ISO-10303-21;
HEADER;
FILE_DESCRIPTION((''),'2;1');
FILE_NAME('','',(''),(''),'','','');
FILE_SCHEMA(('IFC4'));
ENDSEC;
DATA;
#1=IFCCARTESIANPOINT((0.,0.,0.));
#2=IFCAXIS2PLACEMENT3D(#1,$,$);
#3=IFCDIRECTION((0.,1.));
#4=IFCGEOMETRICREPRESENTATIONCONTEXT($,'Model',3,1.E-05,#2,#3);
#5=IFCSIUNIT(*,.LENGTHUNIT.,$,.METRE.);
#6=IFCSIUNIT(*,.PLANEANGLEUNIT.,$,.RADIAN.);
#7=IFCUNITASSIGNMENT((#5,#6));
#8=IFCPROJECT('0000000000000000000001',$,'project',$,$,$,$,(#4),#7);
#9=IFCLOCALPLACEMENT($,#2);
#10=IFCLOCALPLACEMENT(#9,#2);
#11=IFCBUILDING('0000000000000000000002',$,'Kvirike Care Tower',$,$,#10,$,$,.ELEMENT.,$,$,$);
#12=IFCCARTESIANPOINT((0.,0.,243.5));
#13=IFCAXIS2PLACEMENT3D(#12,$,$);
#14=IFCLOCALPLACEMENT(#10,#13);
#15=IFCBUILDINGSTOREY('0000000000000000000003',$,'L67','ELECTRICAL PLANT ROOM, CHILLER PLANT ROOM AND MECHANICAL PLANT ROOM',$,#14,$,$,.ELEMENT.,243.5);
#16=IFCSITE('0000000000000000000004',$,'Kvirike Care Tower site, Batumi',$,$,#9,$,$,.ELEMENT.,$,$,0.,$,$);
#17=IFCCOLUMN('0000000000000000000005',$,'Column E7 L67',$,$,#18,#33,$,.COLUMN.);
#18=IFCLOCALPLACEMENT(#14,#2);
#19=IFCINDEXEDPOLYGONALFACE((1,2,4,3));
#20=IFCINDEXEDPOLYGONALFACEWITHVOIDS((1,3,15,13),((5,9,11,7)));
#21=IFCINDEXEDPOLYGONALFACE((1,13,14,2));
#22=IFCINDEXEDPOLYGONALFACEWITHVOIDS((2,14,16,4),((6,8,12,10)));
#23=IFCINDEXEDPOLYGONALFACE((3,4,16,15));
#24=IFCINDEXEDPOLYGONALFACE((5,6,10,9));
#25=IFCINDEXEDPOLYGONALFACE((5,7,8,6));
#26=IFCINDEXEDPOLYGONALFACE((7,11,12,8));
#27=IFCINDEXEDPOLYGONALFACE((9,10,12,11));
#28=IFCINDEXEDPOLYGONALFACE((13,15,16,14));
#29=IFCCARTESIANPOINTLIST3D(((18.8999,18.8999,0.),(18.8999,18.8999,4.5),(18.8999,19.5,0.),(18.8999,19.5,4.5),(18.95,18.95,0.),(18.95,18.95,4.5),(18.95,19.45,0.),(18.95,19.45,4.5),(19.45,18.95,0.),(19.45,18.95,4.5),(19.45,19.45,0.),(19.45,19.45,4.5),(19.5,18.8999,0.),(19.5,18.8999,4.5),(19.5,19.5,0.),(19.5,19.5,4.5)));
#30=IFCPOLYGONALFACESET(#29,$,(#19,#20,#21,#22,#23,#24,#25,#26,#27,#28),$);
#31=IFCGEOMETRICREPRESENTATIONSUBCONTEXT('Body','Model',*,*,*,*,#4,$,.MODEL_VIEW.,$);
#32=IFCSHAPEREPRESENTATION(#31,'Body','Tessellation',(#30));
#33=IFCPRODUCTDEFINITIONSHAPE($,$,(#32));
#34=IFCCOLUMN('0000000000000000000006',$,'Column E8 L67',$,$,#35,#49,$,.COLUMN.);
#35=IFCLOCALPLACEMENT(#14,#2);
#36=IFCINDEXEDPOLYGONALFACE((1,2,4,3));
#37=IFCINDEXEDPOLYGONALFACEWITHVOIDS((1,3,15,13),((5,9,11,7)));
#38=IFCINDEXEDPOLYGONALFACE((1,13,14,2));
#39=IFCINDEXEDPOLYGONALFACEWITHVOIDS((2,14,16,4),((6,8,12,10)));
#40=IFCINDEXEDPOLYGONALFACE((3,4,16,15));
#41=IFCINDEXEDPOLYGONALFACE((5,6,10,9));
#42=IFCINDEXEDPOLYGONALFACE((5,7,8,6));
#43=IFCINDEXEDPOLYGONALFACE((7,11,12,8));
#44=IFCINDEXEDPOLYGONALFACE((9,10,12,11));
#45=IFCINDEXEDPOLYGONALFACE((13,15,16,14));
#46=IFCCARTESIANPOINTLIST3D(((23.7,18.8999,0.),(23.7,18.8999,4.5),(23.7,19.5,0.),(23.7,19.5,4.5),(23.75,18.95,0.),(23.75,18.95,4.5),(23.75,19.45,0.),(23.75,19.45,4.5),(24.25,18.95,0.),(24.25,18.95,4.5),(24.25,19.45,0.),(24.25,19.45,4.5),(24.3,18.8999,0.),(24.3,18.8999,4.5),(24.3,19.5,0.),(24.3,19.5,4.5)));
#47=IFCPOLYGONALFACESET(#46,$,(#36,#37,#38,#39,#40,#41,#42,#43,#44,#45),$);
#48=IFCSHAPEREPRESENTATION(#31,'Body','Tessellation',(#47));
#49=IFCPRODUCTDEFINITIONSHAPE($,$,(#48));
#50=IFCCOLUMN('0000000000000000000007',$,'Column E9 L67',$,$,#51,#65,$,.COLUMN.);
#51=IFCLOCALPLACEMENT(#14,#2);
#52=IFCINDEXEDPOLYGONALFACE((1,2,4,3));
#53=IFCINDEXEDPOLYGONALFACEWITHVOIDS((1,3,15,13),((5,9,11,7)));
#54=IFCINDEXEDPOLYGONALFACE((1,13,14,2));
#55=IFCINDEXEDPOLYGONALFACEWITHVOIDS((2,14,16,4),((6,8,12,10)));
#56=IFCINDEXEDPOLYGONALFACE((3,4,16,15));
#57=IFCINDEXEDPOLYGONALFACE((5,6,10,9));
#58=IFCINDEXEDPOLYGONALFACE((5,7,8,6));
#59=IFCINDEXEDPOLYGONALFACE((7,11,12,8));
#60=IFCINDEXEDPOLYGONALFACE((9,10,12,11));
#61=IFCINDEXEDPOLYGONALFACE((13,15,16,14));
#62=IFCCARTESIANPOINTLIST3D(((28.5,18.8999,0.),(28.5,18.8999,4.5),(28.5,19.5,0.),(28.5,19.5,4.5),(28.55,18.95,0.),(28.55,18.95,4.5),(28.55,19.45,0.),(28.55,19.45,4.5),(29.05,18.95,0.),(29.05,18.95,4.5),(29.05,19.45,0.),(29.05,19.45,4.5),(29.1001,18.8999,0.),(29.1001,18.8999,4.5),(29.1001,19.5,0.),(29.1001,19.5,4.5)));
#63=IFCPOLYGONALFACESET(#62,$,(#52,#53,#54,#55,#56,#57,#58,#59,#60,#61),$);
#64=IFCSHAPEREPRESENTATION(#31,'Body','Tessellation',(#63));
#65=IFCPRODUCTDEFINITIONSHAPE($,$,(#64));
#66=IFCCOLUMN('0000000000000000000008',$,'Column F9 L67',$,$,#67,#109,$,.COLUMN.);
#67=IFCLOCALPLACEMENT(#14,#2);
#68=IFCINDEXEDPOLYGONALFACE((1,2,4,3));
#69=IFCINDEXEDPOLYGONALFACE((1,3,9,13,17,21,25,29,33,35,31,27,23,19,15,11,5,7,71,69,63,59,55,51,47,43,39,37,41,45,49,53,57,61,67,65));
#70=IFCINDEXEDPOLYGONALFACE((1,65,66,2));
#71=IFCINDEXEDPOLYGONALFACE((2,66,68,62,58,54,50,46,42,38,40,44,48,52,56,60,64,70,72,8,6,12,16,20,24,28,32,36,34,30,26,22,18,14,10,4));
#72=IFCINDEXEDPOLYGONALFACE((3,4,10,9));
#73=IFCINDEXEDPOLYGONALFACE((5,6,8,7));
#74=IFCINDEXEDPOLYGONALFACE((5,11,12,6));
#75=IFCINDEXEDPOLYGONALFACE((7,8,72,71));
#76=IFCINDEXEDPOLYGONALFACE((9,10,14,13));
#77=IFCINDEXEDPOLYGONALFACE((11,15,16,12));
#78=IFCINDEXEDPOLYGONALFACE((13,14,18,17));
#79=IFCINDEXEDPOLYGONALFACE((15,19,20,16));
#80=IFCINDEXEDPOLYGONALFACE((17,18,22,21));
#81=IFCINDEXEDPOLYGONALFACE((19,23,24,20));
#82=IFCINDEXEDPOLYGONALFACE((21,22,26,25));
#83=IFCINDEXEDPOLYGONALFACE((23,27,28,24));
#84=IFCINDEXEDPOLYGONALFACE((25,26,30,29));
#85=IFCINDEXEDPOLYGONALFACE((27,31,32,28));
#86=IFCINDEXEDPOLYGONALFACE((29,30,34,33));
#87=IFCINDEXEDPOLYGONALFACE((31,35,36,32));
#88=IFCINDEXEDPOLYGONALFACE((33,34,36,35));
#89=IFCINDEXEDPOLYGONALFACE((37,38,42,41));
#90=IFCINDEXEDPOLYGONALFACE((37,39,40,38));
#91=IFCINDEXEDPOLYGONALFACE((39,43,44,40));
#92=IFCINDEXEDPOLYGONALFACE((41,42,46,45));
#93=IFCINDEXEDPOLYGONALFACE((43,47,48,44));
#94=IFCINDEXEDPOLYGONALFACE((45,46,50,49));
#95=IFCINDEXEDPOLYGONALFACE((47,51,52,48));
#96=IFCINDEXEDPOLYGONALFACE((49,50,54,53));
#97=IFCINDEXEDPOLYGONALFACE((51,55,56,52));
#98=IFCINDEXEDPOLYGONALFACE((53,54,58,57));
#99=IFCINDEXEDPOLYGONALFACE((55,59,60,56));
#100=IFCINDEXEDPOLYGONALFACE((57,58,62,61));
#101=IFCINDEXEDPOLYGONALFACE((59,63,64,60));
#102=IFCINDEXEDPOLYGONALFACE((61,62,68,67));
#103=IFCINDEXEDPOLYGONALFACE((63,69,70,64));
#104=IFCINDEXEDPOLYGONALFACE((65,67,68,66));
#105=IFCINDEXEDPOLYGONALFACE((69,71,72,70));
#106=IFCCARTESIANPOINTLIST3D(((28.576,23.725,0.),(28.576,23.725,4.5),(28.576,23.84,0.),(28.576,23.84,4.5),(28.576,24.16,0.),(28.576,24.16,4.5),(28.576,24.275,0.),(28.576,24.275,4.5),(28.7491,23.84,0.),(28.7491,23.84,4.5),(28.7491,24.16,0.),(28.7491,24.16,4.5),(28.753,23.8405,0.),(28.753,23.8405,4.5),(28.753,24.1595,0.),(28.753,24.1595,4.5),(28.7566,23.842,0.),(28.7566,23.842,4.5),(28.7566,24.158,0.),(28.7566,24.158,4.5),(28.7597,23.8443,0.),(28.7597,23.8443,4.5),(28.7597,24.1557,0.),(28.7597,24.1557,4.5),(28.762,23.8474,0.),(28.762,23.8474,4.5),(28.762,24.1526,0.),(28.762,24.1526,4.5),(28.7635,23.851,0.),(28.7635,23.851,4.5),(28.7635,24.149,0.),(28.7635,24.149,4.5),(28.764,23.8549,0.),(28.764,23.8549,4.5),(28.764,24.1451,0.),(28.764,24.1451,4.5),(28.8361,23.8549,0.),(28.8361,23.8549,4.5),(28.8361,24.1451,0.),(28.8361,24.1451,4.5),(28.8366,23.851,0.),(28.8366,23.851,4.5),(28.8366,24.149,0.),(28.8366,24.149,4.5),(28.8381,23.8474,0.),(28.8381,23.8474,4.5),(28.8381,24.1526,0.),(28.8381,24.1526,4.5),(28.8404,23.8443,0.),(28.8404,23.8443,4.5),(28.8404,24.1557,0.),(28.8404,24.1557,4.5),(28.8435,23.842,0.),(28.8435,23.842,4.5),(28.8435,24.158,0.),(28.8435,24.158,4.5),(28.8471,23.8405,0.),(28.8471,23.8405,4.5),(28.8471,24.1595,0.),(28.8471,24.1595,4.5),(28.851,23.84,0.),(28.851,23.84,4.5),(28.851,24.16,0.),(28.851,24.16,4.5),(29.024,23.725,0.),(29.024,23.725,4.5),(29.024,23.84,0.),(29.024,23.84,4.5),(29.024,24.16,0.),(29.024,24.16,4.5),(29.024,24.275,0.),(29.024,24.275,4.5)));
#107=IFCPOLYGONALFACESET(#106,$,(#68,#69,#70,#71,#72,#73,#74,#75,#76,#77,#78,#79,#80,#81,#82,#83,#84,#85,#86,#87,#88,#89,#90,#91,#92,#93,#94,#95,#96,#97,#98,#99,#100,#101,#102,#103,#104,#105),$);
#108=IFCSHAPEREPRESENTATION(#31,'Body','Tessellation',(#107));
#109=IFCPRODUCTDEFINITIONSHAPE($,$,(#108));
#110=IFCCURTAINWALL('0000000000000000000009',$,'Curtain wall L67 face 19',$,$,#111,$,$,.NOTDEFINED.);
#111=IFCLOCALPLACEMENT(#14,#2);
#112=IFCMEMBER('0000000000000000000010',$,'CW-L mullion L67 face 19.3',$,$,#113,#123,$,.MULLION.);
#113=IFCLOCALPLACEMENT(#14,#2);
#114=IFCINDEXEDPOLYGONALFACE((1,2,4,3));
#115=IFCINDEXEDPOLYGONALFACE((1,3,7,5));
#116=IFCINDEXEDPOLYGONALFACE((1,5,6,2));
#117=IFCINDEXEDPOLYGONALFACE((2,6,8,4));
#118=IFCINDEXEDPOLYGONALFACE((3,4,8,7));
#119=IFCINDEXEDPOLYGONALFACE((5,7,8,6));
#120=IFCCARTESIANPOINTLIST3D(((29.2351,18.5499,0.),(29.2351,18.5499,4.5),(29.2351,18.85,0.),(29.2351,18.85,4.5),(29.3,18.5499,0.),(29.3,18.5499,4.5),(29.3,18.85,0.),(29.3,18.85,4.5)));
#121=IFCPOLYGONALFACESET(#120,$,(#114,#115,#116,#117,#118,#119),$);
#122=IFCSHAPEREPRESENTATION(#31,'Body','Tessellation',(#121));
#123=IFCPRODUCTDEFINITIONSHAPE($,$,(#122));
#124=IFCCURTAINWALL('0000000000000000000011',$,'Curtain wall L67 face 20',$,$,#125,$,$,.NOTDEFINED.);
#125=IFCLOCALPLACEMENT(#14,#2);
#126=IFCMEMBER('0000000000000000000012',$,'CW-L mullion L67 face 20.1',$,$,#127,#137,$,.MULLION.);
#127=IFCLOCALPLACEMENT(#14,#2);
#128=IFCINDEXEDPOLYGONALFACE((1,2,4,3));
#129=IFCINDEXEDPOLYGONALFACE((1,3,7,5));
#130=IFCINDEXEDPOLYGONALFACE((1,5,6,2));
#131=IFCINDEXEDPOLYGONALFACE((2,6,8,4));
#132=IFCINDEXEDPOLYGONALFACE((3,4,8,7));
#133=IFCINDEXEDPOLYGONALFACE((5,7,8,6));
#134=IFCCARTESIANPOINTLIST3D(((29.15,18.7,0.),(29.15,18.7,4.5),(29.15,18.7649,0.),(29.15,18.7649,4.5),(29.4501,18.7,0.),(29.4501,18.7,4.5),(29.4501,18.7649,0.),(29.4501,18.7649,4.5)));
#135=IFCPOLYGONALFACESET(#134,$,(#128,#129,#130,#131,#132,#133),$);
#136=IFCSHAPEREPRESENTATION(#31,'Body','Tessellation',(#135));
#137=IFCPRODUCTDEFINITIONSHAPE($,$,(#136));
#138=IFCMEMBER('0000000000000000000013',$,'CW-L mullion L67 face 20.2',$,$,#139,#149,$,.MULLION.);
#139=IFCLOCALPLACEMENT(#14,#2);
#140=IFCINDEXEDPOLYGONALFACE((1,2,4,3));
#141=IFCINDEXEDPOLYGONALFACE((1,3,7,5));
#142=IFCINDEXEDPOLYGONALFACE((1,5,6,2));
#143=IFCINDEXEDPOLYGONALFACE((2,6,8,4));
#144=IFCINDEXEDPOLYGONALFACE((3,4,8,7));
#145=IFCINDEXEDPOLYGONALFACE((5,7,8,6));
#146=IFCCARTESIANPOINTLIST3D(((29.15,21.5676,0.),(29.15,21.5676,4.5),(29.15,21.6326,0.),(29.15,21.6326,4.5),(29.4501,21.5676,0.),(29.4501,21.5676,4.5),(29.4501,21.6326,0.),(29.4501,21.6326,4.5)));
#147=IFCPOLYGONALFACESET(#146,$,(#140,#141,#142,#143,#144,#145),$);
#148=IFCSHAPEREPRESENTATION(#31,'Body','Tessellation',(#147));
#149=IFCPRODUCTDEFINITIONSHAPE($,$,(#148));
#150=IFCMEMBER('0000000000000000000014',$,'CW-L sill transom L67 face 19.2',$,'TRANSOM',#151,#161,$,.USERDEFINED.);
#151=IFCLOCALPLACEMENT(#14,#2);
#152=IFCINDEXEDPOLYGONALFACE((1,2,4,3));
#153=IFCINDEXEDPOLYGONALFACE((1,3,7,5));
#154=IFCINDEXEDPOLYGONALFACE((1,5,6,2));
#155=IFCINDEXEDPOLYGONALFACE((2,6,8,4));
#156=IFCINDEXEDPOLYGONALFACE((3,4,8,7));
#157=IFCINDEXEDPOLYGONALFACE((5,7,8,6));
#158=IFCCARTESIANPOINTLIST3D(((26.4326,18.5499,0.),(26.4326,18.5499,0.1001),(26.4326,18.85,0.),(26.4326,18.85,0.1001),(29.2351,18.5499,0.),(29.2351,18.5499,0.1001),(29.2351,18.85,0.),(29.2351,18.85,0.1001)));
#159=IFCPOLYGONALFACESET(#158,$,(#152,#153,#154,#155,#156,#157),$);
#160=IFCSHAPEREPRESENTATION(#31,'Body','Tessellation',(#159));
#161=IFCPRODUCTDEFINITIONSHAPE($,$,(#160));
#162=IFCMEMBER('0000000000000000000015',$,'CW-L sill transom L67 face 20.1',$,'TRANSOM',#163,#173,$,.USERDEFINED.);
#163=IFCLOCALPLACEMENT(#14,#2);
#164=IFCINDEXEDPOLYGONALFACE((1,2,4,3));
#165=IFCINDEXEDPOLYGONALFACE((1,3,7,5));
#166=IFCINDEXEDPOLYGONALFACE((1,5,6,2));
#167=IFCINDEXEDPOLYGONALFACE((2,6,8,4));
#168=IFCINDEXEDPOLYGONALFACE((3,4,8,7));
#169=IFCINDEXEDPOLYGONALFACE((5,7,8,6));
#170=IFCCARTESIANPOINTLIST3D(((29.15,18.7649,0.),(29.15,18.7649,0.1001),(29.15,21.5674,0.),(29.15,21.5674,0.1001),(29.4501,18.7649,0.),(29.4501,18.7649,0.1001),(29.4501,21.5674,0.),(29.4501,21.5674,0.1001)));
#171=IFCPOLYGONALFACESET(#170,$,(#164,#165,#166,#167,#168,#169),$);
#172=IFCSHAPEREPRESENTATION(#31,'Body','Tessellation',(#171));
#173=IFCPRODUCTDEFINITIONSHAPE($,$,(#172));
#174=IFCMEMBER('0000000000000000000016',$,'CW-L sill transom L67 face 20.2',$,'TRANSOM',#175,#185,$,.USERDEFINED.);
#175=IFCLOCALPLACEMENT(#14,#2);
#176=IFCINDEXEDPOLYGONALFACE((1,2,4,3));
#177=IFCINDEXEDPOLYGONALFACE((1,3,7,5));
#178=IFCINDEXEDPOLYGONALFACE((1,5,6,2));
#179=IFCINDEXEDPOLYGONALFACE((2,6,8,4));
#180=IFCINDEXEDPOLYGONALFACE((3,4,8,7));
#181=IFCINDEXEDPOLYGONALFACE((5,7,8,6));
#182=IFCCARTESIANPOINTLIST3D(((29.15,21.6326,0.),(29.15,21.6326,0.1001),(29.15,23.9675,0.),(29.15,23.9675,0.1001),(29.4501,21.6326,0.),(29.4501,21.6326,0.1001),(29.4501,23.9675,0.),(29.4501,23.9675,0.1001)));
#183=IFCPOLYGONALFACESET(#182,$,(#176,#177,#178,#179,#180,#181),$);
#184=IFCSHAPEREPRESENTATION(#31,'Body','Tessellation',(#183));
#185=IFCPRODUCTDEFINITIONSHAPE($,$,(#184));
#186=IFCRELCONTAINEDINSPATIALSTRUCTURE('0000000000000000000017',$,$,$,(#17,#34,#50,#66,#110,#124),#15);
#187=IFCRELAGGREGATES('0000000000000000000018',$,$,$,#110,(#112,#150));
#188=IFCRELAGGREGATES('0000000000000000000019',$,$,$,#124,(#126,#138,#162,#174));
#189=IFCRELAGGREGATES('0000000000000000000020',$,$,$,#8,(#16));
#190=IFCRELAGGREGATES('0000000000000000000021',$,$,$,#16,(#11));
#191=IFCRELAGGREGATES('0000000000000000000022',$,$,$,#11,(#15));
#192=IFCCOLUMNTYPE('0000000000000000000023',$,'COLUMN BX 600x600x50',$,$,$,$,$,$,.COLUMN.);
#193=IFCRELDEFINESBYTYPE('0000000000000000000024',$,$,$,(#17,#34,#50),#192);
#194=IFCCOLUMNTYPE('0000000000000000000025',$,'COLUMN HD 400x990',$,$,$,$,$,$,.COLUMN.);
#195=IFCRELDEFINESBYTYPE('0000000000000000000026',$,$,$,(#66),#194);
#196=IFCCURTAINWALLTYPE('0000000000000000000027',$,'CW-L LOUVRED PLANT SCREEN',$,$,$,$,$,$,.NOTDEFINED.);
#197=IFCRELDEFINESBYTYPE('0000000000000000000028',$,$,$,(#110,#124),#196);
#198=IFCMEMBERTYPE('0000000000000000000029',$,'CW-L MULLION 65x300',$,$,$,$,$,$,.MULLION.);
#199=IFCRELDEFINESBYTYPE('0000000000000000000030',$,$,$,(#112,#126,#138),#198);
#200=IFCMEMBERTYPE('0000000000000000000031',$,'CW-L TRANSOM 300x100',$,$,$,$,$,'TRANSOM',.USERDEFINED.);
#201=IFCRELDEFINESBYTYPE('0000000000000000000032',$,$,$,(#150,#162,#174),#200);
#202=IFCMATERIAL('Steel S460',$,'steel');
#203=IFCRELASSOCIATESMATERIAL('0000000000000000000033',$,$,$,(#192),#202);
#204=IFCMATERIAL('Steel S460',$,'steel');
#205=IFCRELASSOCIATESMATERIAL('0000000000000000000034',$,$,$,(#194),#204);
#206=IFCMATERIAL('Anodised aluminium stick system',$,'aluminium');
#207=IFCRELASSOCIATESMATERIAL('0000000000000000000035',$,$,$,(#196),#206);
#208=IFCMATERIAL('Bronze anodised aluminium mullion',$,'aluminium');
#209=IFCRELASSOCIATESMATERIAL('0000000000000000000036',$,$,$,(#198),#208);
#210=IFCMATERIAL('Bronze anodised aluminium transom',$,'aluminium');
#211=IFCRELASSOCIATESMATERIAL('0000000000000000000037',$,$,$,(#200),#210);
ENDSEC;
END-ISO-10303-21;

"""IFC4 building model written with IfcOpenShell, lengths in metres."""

from ifc_helpers import new_model, si_unit, direction, frame, origin, origin_2d, place, context, subcontext, project, spatial, rectangle, hollow_rectangle, i_section, extrude, material, material_profile, profile_set, type_object, element, aggregate, save


model = new_model("IFC4")

# Units and contexts
model_context = context("Model", 3, precision=1e-05, world=origin(), true_north=direction((0.0, 1.0)))
body_context = subcontext(model_context, "Body", "Model", "MODEL_VIEW")
ifc_project = project(units=[si_unit("LENGTHUNIT", "METRE"), si_unit("PLANEANGLEUNIT", "RADIAN")], contexts=[model_context])

# Site, building, storey
site_placement = place(None, origin())
site = spatial("IfcSite", under=ifc_project, at=site_placement, Name="Kvirike Care Tower site, Batumi", CompositionType="ELEMENT", RefElevation=0.0)
building_placement = place(site_placement, origin())
building = spatial("IfcBuilding", under=site, at=building_placement, Name="Kvirike Care Tower", CompositionType="ELEMENT")
storey_placement = place(building_placement, frame((0.0, 0.0, 243.5)))
storey = spatial("IfcBuildingStorey", under=building, at=storey_placement, Name="L67", Description="ELECTRICAL PLANT ROOM, CHILLER PLANT ROOM AND MECHANICAL PLANT ROOM", CompositionType="ELEMENT", Elevation=243.5)

# Columns
ifc_material_1 = material(Name="Steel S460", Category="steel")
ifc_material_profile_1 = material_profile(ifc_material_1, hollow_rectangle(XDim=0.6001, YDim=0.6001, WallThickness=0.05, at=origin_2d()), Name="BX 600x600x50")
ifc_profile_set_1 = profile_set([ifc_material_profile_1], Name="Steel S460")
column_type_1 = type_object("IfcColumnType", Name="COLUMN BX 600x600x50", PredefinedType="COLUMN", material=ifc_profile_set_1)
for number, where, z_axis, x_axis, name in (
    (1, (19.2, 19.2, 0.0), (0.0, 0.0, 1.0), (0.0, 1.0, 0.0), "Column E7 L67"),
    (2, (24.0, 19.2, 0.0), (0.0, 0.0, 1.0), (0.0, 1.0, 0.0), "Column E8 L67"),
    (3, (28.8, 19.2, 0.0), (0.0, 0.0, 1.0), (0.0, 1.0, 0.0), "Column E9 L67"),
):
    element("IfcColumn", number, at=place(storey_placement, frame(where, z_axis=z_axis, x_axis=x_axis)), inside=storey, type_object=column_type_1, Name=name, PredefinedType="COLUMN", context=body_context, shape_type="SweptSolid", body=[
        extrude(hollow_rectangle(XDim=0.6001, YDim=0.6001, WallThickness=0.05, at=origin_2d()), origin(), (0.0, 0.0, 1.0), 4.5),
    ])
ifc_material_2 = material(Name="Steel S460", Category="steel")
ifc_material_profile_2 = material_profile(ifc_material_2, i_section(OverallWidth=0.448, OverallDepth=0.55, WebThickness=0.072, FlangeThickness=0.115, FilletRadius=0.0149, at=origin_2d()), Name="HD 400x990")
ifc_profile_set_2 = profile_set([ifc_material_profile_2], Name="Steel S460")
column_type_2 = type_object("IfcColumnType", Name="COLUMN HD 400x990", PredefinedType="COLUMN", material=ifc_profile_set_2)
column_placement = place(storey_placement, frame((28.8, 24.0, 0.0), z_axis=(0.0, 0.0, 1.0), x_axis=(1.0, 0.0, 0.0)))
element("IfcColumn", 4, at=column_placement, inside=storey, type_object=column_type_2, Name="Column F9 L67", PredefinedType="COLUMN", context=body_context, shape_type="SweptSolid", body=[
    extrude(i_section(OverallWidth=0.448, OverallDepth=0.55, WebThickness=0.072, FlangeThickness=0.115, FilletRadius=0.0149, at=origin_2d()), origin(), (0.0, 0.0, 1.0), 4.5),
])

# Curtain wall, member
ifc_material_3 = material(Name="Anodised aluminium stick system", Category="aluminium")
curtain_wall_type = type_object("IfcCurtainWallType", Name="CW-L LOUVRED PLANT SCREEN", PredefinedType="NOTDEFINED", material=ifc_material_3)
curtain_wall_1_placement = place(storey_placement, origin())
curtain_wall_1 = element("IfcCurtainWall", 5, at=curtain_wall_1_placement, inside=storey, type_object=curtain_wall_type, Name="Curtain wall L67 face 19", PredefinedType="NOTDEFINED")
ifc_material_4 = material(Name="Bronze anodised aluminium mullion", Category="aluminium")
ifc_material_profile_3 = material_profile(ifc_material_4, rectangle(XDim=0.0649, YDim=0.3, at=origin_2d()), Name="CW-L MULLION 65x300")
ifc_profile_set_3 = profile_set([ifc_material_profile_3], Name="Bronze anodised aluminium mullion")
member_type_1 = type_object("IfcMemberType", Name="CW-L MULLION 65x300", PredefinedType="MULLION", material=ifc_profile_set_3)
member_1_placement = place(storey_placement, frame((29.2676, 18.7, 0.0), z_axis=(0.0, 0.0, 1.0), x_axis=(1.0, 0.0, 0.0)))
member_1 = element("IfcMember", 6, at=member_1_placement, type_object=member_type_1, Name="CW-L mullion L67 face 19.3", PredefinedType="MULLION", context=body_context, shape_type="SweptSolid", body=[
    extrude(rectangle(XDim=0.0649, YDim=0.3, at=origin_2d()), origin(), (0.0, 0.0, 1.0), 4.5),
])

# Curtain wall, members
curtain_wall_2_placement = place(storey_placement, origin())
curtain_wall_2 = element("IfcCurtainWall", 7, at=curtain_wall_2_placement, inside=storey, type_object=curtain_wall_type, Name="Curtain wall L67 face 20", PredefinedType="NOTDEFINED")
member_2_placement = place(storey_placement, frame((29.3, 18.7324, 0.0), z_axis=(0.0, 0.0, 1.0), x_axis=(0.0, 1.0, 0.0)))
member_2 = element("IfcMember", 8, at=member_2_placement, type_object=member_type_1, Name="CW-L mullion L67 face 20.1", PredefinedType="MULLION", context=body_context, shape_type="SweptSolid", body=[
    extrude(rectangle(XDim=0.0649, YDim=0.3, at=origin_2d()), origin(), (0.0, 0.0, 1.0), 4.5),
])
member_3_placement = place(storey_placement, frame((29.3, 21.6001, 0.0), z_axis=(0.0, 0.0, 1.0), x_axis=(0.0, 1.0, 0.0)))
member_3 = element("IfcMember", 9, at=member_3_placement, type_object=member_type_1, Name="CW-L mullion L67 face 20.2", PredefinedType="MULLION", context=body_context, shape_type="SweptSolid", body=[
    extrude(rectangle(XDim=0.0649, YDim=0.3, at=origin_2d()), origin(), (0.0, 0.0, 1.0), 4.5),
])

# Members
ifc_material_5 = material(Name="Bronze anodised aluminium transom", Category="aluminium")
ifc_material_profile_4 = material_profile(ifc_material_5, rectangle(XDim=0.3, YDim=0.1001, at=origin_2d()), Name="CW-L TRANSOM 300x100")
ifc_profile_set_4 = profile_set([ifc_material_profile_4], Name="Bronze anodised aluminium transom")
member_type_2 = type_object("IfcMemberType", Name="CW-L TRANSOM 300x100", ElementType="TRANSOM", PredefinedType="USERDEFINED", material=ifc_profile_set_4)
member_4_placement = place(storey_placement, frame((26.4326, 18.7, 0.05), z_axis=(1.0, 0.0, 0.0), x_axis=(0.0, 1.0, 0.0)))
member_4 = element("IfcMember", 10, at=member_4_placement, type_object=member_type_2, Name="CW-L sill transom L67 face 19.2", ObjectType="TRANSOM", PredefinedType="USERDEFINED", context=body_context, shape_type="SweptSolid", body=[
    extrude(rectangle(XDim=0.3, YDim=0.1001, at=origin_2d()), origin(), (0.0, 0.0, 1.0), 2.8025),
])
member_5_placement = place(storey_placement, frame((29.3, 18.7649, 0.05), z_axis=(0.0, 1.0, 0.0), x_axis=(-1.0, 0.0, 0.0)))
member_5 = element("IfcMember", 11, at=member_5_placement, type_object=member_type_2, Name="CW-L sill transom L67 face 20.1", ObjectType="TRANSOM", PredefinedType="USERDEFINED", context=body_context, shape_type="SweptSolid", body=[
    extrude(rectangle(XDim=0.3, YDim=0.1001, at=origin_2d()), origin(), (0.0, 0.0, 1.0), 2.8025),
])
member_6_placement = place(storey_placement, frame((29.3, 21.6326, 0.05), z_axis=(0.0, 1.0, 0.0), x_axis=(-1.0, 0.0, 0.0)))
member_6 = element("IfcMember", 12, at=member_6_placement, type_object=member_type_2, Name="CW-L sill transom L67 face 20.2", ObjectType="TRANSOM", PredefinedType="USERDEFINED", context=body_context, shape_type="SweptSolid", body=[
    extrude(rectangle(XDim=0.3, YDim=0.1001, at=origin_2d()), origin(), (0.0, 0.0, 1.0), 2.335),
])

aggregate(curtain_wall_1, [member_1, member_4])
aggregate(curtain_wall_2, [member_2, member_3, member_5, member_6])

save(model, "model.ifc")
